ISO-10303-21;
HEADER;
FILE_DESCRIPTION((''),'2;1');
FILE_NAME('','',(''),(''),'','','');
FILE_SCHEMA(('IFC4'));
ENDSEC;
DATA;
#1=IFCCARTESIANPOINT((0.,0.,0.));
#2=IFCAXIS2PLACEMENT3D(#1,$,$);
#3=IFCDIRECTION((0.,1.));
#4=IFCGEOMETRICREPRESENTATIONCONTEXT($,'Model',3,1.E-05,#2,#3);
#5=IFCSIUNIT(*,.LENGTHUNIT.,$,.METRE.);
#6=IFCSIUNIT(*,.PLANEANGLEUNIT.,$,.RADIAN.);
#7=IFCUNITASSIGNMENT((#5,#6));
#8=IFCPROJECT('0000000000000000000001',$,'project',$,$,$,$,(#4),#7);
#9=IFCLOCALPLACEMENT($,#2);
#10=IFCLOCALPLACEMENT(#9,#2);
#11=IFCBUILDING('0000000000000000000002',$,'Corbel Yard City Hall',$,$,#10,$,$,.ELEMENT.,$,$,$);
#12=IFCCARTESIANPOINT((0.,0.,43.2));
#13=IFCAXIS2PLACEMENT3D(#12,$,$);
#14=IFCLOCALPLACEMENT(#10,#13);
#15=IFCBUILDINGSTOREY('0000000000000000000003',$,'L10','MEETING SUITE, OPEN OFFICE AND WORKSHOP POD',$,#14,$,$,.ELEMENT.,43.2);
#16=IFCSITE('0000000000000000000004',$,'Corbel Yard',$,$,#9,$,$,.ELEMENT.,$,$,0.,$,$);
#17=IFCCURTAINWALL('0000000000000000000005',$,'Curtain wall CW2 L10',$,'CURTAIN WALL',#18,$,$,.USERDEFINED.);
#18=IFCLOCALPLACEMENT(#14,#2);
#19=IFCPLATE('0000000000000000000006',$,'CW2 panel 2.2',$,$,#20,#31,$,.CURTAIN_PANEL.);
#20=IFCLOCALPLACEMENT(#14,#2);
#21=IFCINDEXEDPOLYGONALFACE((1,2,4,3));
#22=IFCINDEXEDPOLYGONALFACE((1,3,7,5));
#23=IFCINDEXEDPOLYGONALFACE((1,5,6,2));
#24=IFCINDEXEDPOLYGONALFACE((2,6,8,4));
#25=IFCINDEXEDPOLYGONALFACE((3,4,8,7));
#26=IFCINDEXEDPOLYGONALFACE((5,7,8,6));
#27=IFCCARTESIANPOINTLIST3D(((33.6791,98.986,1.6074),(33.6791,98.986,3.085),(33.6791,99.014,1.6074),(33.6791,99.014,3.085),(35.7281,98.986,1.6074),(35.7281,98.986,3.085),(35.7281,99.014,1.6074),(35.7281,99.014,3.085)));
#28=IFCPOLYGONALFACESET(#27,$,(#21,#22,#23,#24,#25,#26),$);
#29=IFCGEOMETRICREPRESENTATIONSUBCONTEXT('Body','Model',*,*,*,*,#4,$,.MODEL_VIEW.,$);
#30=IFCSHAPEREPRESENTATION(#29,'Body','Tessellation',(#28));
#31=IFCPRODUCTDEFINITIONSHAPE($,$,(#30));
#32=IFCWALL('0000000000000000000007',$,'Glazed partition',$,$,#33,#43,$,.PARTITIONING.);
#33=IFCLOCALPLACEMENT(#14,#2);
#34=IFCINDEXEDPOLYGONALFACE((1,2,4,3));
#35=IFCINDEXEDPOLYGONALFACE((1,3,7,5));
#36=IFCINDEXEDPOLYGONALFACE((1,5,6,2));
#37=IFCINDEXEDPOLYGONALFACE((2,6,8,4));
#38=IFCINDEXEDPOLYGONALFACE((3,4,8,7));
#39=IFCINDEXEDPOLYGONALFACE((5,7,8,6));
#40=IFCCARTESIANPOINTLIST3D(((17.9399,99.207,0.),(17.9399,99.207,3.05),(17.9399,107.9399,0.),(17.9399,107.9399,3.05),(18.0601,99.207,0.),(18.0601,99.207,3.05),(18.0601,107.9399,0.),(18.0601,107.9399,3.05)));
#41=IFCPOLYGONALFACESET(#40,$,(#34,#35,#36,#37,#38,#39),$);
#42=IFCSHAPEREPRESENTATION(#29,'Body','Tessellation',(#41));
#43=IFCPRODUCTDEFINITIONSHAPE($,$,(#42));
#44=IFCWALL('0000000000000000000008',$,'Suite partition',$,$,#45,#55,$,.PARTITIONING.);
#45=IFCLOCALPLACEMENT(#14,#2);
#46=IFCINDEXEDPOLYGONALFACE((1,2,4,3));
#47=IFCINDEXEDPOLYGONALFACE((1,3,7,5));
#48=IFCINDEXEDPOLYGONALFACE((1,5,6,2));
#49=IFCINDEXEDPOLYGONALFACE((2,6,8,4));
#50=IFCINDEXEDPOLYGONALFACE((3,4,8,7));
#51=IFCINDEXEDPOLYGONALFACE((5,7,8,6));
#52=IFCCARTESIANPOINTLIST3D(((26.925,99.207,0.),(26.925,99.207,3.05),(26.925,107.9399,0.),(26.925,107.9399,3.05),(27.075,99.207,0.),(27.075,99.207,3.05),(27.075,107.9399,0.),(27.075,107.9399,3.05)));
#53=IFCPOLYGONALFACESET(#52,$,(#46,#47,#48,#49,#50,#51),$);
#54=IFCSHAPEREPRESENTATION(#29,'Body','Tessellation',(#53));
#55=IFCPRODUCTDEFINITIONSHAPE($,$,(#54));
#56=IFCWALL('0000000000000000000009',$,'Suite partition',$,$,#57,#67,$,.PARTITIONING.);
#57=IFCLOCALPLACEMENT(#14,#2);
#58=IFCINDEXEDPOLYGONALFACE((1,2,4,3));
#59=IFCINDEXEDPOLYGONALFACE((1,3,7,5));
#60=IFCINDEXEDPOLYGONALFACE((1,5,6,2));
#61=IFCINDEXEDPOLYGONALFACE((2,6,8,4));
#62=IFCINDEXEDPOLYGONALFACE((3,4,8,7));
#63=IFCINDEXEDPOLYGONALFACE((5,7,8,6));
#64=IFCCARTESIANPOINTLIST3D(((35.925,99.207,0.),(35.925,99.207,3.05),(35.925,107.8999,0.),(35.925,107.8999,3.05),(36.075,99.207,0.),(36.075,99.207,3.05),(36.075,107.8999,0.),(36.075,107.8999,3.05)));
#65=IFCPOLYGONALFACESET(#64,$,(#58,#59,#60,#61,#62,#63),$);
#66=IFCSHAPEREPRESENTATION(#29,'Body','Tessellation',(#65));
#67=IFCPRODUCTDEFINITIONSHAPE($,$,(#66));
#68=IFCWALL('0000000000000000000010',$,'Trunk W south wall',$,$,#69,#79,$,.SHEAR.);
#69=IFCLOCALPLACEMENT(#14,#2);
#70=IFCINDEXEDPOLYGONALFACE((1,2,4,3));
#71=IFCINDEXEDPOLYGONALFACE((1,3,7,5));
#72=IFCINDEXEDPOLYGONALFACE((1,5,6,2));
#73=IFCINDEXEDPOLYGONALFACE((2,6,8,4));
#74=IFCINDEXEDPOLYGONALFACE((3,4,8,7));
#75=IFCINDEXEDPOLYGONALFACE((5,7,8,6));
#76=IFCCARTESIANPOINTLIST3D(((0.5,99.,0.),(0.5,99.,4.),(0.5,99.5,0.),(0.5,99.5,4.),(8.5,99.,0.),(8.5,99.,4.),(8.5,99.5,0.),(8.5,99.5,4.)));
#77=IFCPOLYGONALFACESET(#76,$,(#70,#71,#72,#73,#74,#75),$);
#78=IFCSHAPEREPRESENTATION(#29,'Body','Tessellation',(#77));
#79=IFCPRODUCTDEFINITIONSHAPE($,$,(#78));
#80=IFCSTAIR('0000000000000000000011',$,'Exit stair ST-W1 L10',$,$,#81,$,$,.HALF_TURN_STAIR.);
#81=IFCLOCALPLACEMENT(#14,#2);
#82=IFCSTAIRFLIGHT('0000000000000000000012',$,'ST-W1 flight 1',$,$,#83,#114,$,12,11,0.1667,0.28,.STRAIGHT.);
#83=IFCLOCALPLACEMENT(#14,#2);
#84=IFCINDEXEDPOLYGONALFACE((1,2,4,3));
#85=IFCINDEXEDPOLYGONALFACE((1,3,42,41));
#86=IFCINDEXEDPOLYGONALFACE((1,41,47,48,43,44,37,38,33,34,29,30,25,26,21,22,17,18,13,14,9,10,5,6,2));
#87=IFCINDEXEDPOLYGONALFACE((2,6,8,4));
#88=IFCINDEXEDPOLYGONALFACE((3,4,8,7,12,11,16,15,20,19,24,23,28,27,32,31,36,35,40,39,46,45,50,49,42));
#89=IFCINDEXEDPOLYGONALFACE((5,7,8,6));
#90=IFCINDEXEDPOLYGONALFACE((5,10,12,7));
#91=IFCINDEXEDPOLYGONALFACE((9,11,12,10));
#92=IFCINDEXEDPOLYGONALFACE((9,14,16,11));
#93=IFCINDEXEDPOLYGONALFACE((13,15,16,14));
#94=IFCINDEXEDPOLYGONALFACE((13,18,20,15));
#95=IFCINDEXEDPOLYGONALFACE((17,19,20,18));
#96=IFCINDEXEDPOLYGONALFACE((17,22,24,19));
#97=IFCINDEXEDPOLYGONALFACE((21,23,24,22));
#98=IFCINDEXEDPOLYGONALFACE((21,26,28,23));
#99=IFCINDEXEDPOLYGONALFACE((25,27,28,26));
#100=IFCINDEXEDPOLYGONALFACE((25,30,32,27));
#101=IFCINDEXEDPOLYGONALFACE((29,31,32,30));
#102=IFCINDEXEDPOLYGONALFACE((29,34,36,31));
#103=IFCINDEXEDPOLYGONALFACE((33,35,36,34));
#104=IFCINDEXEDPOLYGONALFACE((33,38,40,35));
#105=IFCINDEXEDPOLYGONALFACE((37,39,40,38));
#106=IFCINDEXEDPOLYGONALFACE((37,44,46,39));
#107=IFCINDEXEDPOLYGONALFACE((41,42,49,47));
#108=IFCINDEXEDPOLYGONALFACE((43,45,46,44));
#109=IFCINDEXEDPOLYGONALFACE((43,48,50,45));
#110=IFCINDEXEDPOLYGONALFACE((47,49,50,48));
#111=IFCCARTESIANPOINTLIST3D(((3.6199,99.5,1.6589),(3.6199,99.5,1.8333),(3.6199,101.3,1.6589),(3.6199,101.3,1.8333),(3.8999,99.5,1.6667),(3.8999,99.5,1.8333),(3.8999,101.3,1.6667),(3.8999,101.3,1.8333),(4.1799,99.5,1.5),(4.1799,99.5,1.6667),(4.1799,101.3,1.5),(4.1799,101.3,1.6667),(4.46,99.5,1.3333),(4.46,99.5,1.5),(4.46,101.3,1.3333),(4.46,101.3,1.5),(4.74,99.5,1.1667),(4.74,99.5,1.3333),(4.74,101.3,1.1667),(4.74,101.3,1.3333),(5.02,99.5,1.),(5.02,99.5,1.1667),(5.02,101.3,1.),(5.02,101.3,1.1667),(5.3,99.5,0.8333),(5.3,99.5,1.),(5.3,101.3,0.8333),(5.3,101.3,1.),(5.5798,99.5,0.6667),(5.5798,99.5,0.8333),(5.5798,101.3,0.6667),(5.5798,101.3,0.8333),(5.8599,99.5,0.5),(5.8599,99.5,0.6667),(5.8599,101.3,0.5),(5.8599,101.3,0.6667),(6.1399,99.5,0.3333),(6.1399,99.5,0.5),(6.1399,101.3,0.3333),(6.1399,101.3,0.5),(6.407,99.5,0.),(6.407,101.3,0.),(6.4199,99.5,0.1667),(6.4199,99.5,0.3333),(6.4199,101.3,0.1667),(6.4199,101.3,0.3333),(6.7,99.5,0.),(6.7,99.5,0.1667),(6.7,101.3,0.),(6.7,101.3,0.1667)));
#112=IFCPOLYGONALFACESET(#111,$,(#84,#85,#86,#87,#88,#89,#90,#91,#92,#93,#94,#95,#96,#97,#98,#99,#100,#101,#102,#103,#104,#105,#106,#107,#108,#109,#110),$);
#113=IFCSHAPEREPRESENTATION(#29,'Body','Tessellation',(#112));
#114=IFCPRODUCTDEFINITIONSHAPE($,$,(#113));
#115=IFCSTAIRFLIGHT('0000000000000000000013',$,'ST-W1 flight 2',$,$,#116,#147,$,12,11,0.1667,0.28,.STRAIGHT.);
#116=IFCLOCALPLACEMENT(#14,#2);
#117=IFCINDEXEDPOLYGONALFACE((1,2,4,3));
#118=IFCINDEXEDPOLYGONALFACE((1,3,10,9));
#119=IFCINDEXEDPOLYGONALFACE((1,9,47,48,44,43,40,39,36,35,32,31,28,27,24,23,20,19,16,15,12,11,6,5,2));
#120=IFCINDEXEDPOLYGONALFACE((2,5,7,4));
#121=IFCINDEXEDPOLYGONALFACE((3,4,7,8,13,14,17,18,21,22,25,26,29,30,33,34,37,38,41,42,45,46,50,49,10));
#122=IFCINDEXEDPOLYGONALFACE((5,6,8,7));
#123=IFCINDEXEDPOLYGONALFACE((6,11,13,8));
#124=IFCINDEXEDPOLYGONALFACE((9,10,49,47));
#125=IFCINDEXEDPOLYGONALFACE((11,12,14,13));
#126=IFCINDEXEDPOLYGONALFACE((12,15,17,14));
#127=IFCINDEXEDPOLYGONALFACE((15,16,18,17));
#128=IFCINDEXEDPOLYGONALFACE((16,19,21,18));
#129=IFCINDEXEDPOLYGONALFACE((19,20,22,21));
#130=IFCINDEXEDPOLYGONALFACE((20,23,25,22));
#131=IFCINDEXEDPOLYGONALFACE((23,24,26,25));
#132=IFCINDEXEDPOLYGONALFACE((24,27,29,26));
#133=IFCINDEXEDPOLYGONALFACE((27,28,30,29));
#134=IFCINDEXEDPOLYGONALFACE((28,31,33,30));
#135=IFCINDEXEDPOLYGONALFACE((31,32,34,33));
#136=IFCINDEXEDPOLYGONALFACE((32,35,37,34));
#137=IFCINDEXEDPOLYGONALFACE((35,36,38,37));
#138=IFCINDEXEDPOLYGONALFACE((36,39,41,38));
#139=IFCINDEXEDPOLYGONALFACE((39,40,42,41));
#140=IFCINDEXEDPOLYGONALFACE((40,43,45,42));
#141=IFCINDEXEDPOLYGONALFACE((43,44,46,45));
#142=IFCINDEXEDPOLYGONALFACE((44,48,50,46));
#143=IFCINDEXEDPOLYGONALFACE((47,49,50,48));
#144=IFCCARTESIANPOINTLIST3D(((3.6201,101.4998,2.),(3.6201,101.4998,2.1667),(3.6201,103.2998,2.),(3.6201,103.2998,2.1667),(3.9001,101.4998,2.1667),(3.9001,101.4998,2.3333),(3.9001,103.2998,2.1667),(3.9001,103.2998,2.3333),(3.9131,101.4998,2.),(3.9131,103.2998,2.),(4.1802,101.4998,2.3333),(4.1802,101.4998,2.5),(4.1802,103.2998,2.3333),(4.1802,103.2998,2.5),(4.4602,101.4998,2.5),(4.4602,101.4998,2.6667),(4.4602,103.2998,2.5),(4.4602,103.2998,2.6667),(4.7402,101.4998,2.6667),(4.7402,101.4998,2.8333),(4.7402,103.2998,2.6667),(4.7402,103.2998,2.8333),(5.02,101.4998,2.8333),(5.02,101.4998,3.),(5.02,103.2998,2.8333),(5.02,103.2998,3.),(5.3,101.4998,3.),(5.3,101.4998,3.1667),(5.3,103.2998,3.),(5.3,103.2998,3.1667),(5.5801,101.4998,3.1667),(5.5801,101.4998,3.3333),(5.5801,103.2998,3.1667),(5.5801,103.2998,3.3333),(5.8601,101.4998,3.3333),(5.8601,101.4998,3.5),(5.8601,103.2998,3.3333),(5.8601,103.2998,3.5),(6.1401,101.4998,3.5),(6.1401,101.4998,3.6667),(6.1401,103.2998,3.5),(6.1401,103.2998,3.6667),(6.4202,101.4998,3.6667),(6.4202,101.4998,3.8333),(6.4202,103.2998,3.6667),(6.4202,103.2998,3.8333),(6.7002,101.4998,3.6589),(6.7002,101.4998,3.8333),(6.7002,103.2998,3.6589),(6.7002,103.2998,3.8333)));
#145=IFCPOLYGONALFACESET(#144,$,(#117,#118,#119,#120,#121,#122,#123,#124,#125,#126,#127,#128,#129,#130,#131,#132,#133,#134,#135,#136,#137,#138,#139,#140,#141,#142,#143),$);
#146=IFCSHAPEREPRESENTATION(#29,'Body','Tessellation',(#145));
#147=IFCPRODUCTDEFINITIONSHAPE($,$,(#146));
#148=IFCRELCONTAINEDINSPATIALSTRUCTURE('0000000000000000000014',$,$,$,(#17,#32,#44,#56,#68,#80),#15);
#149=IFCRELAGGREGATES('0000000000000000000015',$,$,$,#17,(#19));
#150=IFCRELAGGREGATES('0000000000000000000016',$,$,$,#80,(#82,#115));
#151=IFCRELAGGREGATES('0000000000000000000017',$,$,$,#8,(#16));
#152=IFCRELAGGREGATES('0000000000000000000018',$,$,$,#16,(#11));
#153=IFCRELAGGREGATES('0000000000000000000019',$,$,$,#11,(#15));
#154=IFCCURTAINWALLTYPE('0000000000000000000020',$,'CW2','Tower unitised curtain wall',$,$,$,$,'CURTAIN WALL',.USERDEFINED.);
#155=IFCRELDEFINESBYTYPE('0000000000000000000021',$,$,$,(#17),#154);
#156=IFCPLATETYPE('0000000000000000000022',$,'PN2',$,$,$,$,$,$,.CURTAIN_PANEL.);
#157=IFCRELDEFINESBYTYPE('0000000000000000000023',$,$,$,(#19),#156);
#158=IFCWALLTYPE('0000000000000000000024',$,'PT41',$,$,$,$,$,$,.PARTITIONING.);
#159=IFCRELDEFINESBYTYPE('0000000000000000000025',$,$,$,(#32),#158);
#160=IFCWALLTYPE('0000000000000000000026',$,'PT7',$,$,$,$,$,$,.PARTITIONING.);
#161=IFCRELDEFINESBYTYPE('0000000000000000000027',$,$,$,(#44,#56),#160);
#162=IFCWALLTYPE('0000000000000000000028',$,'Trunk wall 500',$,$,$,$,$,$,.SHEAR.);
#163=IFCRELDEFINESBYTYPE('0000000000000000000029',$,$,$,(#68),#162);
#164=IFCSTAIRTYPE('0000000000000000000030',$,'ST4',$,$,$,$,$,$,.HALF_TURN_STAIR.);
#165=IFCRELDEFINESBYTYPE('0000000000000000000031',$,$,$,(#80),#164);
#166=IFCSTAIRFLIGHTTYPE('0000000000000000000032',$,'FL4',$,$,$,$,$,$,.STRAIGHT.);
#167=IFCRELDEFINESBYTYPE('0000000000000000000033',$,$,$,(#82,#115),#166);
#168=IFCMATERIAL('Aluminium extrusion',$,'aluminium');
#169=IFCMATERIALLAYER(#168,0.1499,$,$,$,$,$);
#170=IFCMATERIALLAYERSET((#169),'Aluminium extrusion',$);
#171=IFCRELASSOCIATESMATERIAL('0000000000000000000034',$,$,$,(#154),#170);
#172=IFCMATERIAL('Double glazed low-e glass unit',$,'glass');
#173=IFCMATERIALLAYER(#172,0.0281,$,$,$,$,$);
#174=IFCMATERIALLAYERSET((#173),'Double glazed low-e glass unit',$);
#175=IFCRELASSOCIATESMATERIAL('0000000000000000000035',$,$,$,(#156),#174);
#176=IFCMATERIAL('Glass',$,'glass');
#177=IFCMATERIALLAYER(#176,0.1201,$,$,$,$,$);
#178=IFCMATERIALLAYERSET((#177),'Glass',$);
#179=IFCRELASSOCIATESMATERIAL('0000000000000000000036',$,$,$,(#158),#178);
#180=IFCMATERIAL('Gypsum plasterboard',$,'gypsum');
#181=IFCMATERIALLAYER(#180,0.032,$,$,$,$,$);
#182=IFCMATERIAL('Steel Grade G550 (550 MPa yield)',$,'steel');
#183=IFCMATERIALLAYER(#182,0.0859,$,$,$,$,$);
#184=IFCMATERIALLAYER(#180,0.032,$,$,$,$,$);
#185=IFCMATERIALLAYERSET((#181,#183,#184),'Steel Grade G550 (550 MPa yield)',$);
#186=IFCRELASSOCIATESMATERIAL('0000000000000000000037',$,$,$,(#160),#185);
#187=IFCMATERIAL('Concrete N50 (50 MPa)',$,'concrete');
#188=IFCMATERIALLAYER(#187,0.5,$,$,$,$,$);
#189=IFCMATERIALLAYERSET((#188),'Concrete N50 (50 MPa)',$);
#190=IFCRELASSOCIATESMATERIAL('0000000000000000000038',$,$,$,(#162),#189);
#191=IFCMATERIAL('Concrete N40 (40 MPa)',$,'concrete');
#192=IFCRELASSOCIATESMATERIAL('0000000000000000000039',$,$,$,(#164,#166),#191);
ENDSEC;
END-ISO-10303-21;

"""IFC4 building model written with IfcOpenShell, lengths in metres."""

from ifc_helpers import new_model, si_unit, direction, frame, frame_2d, origin, origin_2d, place, context, subcontext, project, spatial, polyline, rectangle, outline, extrude, material, layer, layer_set, type_object, element, aggregate, save


model = new_model("IFC4")

# Units and contexts
model_context = context("Model", 3, precision=1e-05, world=origin(), true_north=direction((0.0, 1.0)))
body_context = subcontext(model_context, "Body", "Model", "MODEL_VIEW")
ifc_project = project(units=[si_unit("LENGTHUNIT", "METRE"), si_unit("PLANEANGLEUNIT", "RADIAN")], contexts=[model_context])

# Site, building, storey
site_placement = place(None, origin())
site = spatial("IfcSite", under=ifc_project, at=site_placement, Name="Corbel Yard", CompositionType="ELEMENT", RefElevation=0.0)
building_placement = place(site_placement, origin())
building = spatial("IfcBuilding", under=site, at=building_placement, Name="Corbel Yard City Hall", CompositionType="ELEMENT")
storey_placement = place(building_placement, frame((0.0, 0.0, 43.2)))
storey = spatial("IfcBuildingStorey", under=building, at=storey_placement, Name="L10", Description="MEETING SUITE, OPEN OFFICE AND WORKSHOP POD", CompositionType="ELEMENT", Elevation=43.2)

# Curtain wall
ifc_material_1 = material(Name="Aluminium extrusion", Category="aluminium")
ifc_layer_1 = layer(ifc_material_1, 0.1499)
ifc_layer_set_1 = layer_set([ifc_layer_1], Name="Aluminium extrusion")
curtain_wall_type = type_object("IfcCurtainWallType", Name="CW2", Description="Tower unitised curtain wall", ElementType="CURTAIN WALL", PredefinedType="USERDEFINED", material=ifc_layer_set_1)
curtain_wall_1_placement = place(storey_placement, origin())
curtain_wall_1 = element("IfcCurtainWall", 1, at=curtain_wall_1_placement, inside=storey, type_object=curtain_wall_type, Name="Curtain wall CW2 L10", ObjectType="CURTAIN WALL", PredefinedType="USERDEFINED")

# Plate
ifc_material_2 = material(Name="Double glazed low-e glass unit", Category="glass")
ifc_layer_2 = layer(ifc_material_2, 0.0281)
ifc_layer_set_2 = layer_set([ifc_layer_2], Name="Double glazed low-e glass unit")
plate_type = type_object("IfcPlateType", Name="PN2", PredefinedType="CURTAIN_PANEL", material=ifc_layer_set_2)
plate_1_placement = place(storey_placement, frame((34.7036, 99.0, 1.6074), z_axis=(0.0, 0.0, 1.0), x_axis=(1.0, 0.0, 0.0)))
plate_1 = element("IfcPlate", 2, at=plate_1_placement, type_object=plate_type, Name="CW2 panel 2.2", PredefinedType="CURTAIN_PANEL", context=body_context, shape_type="SweptSolid", body=[
    extrude(rectangle(XDim=2.0491, YDim=0.0281, at=origin_2d()), origin(), (0.0, 0.0, 1.0), 1.4775),
])
aggregate(curtain_wall_1, [plate_1])

# Walls
ifc_material_3 = material(Name="Glass", Category="glass")
ifc_layer_3 = layer(ifc_material_3, 0.1201)
ifc_layer_set_3 = layer_set([ifc_layer_3], Name="Glass")
wall_type_1 = type_object("IfcWallType", Name="PT41", PredefinedType="PARTITIONING", material=ifc_layer_set_3)
wall_1_placement = place(storey_placement, frame((18.0, 99.207, 0.0), z_axis=(0.0, 0.0, 1.0), x_axis=(0.0, 1.0, 0.0)))
element("IfcWall", 3, at=wall_1_placement, inside=storey, type_object=wall_type_1, Name="Glazed partition", PredefinedType="PARTITIONING", context=body_context, shape_type="SweptSolid", body=[
    extrude(rectangle(XDim=8.7329, YDim=0.1201, at=frame_2d((4.3665, 0.0))), origin(), (0.0, 0.0, 1.0), 3.05),
])
ifc_material_4 = material(Name="Gypsum plasterboard", Category="gypsum")
ifc_layer_4 = layer(ifc_material_4, 0.032)
ifc_material_5 = material(Name="Steel Grade G550 (550 MPa yield)", Category="steel")
ifc_layer_5 = layer(ifc_material_5, 0.0859)
ifc_layer_6 = layer(ifc_material_4, 0.032)
ifc_layer_set_4 = layer_set([ifc_layer_4, ifc_layer_5, ifc_layer_6], Name="Steel Grade G550 (550 MPa yield)")
wall_type_2 = type_object("IfcWallType", Name="PT7", PredefinedType="PARTITIONING", material=ifc_layer_set_4)
wall_2_placement = place(storey_placement, frame((27.0, 99.207, 0.0), z_axis=(0.0, 0.0, 1.0), x_axis=(0.0, 1.0, 0.0)))
element("IfcWall", 4, at=wall_2_placement, inside=storey, type_object=wall_type_2, Name="Suite partition", PredefinedType="PARTITIONING", context=body_context, shape_type="SweptSolid", body=[
    extrude(rectangle(XDim=8.7329, YDim=0.1499, at=frame_2d((4.3665, 0.0))), origin(), (0.0, 0.0, 1.0), 3.05),
])
wall_3_placement = place(storey_placement, frame((36.0, 99.207, 0.0), z_axis=(0.0, 0.0, 1.0), x_axis=(0.0, 1.0, 0.0)))
element("IfcWall", 5, at=wall_3_placement, inside=storey, type_object=wall_type_2, Name="Suite partition", PredefinedType="PARTITIONING", context=body_context, shape_type="SweptSolid", body=[
    extrude(rectangle(XDim=8.6929, YDim=0.1499, at=frame_2d((4.3464, 0.0))), origin(), (0.0, 0.0, 1.0), 3.05),
])
ifc_material_6 = material(Name="Concrete N50 (50 MPa)", Category="concrete")
ifc_layer_7 = layer(ifc_material_6, 0.5)
ifc_layer_set_5 = layer_set([ifc_layer_7], Name="Concrete N50 (50 MPa)")
wall_type_3 = type_object("IfcWallType", Name="Trunk wall 500", PredefinedType="SHEAR", material=ifc_layer_set_5)
wall_4_placement = place(storey_placement, frame((0.5, 99.25, 0.0), z_axis=(0.0, 0.0, 1.0), x_axis=(1.0, 0.0, 0.0)))
element("IfcWall", 6, at=wall_4_placement, inside=storey, type_object=wall_type_3, Name="Trunk W south wall", PredefinedType="SHEAR", context=body_context, shape_type="SweptSolid", body=[
    extrude(rectangle(XDim=8.0, YDim=0.5, at=frame_2d((4.0, 0.0))), origin(), (0.0, 0.0, 1.0), 4.0),
])

# Stair, stair flights
ifc_material_7 = material(Name="Concrete N40 (40 MPa)", Category="concrete")
stair_type = type_object("IfcStairType", Name="ST4", PredefinedType="HALF_TURN_STAIR", material=ifc_material_7)
stair_placement = place(storey_placement, origin())
stair = element("IfcStair", 7, at=stair_placement, inside=storey, type_object=stair_type, Name="Exit stair ST-W1 L10", PredefinedType="HALF_TURN_STAIR")
stair_flight_type = type_object("IfcStairFlightType", Name="FL4", PredefinedType="STRAIGHT", material=ifc_material_7)
stair_flight_1_placement = place(storey_placement, frame((6.7, 100.3999, 0.0), z_axis=(0.0, 0.0, 1.0), x_axis=(-1.0, 0.0, 0.0)))
stair_flight_1 = element("IfcStairFlight", 8, at=stair_flight_1_placement, type_object=stair_flight_type, Name="ST-W1 flight 1", NumberOfRisers=12, NumberOfTreads=11, PredefinedType="STRAIGHT", RiserHeight=0.1667, TreadLength=0.28, context=body_context, shape_type="SweptSolid", body=[
    extrude(outline(polyline([(0.0, 0.0), (0.0, 0.1667), (0.28, 0.1667), (0.28, 0.3333), (0.5601, 0.3333), (0.5601, 0.5), (0.8401, 0.5), (0.8401, 0.6667), (1.1201, 0.6667), (1.1201, 0.8333), (1.3999, 0.8333), (1.3999, 1.0), (1.6799, 1.0), (1.6799, 1.1667), (1.96, 1.1667), (1.96, 1.3333), (2.24, 1.3333), (2.24, 1.5), (2.52, 1.5), (2.52, 1.6667), (2.8, 1.6667), (2.8, 1.8333), (3.0801, 1.8333), (3.0801, 2.0), (3.0801, 1.6589), (0.293, 0.0), (0.0, 0.0)])), frame((0.0, 0.8999, 0.0), z_axis=(0.0, -1.0, 0.0), x_axis=(1.0, 0.0, 0.0)), (0.0, 0.0, 1.0), 1.8),
])
stair_flight_2_placement = place(storey_placement, frame((3.6201, 102.3999, 2.0), z_axis=(0.0, 0.0, 1.0), x_axis=(1.0, 0.0, 0.0)))
stair_flight_2 = element("IfcStairFlight", 9, at=stair_flight_2_placement, type_object=stair_flight_type, Name="ST-W1 flight 2", NumberOfRisers=12, NumberOfTreads=11, PredefinedType="STRAIGHT", RiserHeight=0.1667, TreadLength=0.28, context=body_context, shape_type="SweptSolid", body=[
    extrude(outline(polyline([(0.0, 0.0), (0.0, 0.1667), (0.28, 0.1667), (0.28, 0.3333), (0.5601, 0.3333), (0.5601, 0.5), (0.8401, 0.5), (0.8401, 0.6667), (1.1201, 0.6667), (1.1201, 0.8333), (1.3999, 0.8333), (1.3999, 1.0), (1.6799, 1.0), (1.6799, 1.1667), (1.96, 1.1667), (1.96, 1.3333), (2.24, 1.3333), (2.24, 1.5), (2.52, 1.5), (2.52, 1.6667), (2.8, 1.6667), (2.8, 1.8333), (3.0801, 1.8333), (3.0801, 2.0), (3.0801, 1.6589), (0.293, 0.0), (0.0, 0.0)])), frame((0.0, 0.8999, 0.0), z_axis=(0.0, -1.0, 0.0), x_axis=(1.0, 0.0, 0.0)), (0.0, 0.0, 1.0), 1.8),
])
aggregate(stair, [stair_flight_1, stair_flight_2])

save(model, "model.ifc")
